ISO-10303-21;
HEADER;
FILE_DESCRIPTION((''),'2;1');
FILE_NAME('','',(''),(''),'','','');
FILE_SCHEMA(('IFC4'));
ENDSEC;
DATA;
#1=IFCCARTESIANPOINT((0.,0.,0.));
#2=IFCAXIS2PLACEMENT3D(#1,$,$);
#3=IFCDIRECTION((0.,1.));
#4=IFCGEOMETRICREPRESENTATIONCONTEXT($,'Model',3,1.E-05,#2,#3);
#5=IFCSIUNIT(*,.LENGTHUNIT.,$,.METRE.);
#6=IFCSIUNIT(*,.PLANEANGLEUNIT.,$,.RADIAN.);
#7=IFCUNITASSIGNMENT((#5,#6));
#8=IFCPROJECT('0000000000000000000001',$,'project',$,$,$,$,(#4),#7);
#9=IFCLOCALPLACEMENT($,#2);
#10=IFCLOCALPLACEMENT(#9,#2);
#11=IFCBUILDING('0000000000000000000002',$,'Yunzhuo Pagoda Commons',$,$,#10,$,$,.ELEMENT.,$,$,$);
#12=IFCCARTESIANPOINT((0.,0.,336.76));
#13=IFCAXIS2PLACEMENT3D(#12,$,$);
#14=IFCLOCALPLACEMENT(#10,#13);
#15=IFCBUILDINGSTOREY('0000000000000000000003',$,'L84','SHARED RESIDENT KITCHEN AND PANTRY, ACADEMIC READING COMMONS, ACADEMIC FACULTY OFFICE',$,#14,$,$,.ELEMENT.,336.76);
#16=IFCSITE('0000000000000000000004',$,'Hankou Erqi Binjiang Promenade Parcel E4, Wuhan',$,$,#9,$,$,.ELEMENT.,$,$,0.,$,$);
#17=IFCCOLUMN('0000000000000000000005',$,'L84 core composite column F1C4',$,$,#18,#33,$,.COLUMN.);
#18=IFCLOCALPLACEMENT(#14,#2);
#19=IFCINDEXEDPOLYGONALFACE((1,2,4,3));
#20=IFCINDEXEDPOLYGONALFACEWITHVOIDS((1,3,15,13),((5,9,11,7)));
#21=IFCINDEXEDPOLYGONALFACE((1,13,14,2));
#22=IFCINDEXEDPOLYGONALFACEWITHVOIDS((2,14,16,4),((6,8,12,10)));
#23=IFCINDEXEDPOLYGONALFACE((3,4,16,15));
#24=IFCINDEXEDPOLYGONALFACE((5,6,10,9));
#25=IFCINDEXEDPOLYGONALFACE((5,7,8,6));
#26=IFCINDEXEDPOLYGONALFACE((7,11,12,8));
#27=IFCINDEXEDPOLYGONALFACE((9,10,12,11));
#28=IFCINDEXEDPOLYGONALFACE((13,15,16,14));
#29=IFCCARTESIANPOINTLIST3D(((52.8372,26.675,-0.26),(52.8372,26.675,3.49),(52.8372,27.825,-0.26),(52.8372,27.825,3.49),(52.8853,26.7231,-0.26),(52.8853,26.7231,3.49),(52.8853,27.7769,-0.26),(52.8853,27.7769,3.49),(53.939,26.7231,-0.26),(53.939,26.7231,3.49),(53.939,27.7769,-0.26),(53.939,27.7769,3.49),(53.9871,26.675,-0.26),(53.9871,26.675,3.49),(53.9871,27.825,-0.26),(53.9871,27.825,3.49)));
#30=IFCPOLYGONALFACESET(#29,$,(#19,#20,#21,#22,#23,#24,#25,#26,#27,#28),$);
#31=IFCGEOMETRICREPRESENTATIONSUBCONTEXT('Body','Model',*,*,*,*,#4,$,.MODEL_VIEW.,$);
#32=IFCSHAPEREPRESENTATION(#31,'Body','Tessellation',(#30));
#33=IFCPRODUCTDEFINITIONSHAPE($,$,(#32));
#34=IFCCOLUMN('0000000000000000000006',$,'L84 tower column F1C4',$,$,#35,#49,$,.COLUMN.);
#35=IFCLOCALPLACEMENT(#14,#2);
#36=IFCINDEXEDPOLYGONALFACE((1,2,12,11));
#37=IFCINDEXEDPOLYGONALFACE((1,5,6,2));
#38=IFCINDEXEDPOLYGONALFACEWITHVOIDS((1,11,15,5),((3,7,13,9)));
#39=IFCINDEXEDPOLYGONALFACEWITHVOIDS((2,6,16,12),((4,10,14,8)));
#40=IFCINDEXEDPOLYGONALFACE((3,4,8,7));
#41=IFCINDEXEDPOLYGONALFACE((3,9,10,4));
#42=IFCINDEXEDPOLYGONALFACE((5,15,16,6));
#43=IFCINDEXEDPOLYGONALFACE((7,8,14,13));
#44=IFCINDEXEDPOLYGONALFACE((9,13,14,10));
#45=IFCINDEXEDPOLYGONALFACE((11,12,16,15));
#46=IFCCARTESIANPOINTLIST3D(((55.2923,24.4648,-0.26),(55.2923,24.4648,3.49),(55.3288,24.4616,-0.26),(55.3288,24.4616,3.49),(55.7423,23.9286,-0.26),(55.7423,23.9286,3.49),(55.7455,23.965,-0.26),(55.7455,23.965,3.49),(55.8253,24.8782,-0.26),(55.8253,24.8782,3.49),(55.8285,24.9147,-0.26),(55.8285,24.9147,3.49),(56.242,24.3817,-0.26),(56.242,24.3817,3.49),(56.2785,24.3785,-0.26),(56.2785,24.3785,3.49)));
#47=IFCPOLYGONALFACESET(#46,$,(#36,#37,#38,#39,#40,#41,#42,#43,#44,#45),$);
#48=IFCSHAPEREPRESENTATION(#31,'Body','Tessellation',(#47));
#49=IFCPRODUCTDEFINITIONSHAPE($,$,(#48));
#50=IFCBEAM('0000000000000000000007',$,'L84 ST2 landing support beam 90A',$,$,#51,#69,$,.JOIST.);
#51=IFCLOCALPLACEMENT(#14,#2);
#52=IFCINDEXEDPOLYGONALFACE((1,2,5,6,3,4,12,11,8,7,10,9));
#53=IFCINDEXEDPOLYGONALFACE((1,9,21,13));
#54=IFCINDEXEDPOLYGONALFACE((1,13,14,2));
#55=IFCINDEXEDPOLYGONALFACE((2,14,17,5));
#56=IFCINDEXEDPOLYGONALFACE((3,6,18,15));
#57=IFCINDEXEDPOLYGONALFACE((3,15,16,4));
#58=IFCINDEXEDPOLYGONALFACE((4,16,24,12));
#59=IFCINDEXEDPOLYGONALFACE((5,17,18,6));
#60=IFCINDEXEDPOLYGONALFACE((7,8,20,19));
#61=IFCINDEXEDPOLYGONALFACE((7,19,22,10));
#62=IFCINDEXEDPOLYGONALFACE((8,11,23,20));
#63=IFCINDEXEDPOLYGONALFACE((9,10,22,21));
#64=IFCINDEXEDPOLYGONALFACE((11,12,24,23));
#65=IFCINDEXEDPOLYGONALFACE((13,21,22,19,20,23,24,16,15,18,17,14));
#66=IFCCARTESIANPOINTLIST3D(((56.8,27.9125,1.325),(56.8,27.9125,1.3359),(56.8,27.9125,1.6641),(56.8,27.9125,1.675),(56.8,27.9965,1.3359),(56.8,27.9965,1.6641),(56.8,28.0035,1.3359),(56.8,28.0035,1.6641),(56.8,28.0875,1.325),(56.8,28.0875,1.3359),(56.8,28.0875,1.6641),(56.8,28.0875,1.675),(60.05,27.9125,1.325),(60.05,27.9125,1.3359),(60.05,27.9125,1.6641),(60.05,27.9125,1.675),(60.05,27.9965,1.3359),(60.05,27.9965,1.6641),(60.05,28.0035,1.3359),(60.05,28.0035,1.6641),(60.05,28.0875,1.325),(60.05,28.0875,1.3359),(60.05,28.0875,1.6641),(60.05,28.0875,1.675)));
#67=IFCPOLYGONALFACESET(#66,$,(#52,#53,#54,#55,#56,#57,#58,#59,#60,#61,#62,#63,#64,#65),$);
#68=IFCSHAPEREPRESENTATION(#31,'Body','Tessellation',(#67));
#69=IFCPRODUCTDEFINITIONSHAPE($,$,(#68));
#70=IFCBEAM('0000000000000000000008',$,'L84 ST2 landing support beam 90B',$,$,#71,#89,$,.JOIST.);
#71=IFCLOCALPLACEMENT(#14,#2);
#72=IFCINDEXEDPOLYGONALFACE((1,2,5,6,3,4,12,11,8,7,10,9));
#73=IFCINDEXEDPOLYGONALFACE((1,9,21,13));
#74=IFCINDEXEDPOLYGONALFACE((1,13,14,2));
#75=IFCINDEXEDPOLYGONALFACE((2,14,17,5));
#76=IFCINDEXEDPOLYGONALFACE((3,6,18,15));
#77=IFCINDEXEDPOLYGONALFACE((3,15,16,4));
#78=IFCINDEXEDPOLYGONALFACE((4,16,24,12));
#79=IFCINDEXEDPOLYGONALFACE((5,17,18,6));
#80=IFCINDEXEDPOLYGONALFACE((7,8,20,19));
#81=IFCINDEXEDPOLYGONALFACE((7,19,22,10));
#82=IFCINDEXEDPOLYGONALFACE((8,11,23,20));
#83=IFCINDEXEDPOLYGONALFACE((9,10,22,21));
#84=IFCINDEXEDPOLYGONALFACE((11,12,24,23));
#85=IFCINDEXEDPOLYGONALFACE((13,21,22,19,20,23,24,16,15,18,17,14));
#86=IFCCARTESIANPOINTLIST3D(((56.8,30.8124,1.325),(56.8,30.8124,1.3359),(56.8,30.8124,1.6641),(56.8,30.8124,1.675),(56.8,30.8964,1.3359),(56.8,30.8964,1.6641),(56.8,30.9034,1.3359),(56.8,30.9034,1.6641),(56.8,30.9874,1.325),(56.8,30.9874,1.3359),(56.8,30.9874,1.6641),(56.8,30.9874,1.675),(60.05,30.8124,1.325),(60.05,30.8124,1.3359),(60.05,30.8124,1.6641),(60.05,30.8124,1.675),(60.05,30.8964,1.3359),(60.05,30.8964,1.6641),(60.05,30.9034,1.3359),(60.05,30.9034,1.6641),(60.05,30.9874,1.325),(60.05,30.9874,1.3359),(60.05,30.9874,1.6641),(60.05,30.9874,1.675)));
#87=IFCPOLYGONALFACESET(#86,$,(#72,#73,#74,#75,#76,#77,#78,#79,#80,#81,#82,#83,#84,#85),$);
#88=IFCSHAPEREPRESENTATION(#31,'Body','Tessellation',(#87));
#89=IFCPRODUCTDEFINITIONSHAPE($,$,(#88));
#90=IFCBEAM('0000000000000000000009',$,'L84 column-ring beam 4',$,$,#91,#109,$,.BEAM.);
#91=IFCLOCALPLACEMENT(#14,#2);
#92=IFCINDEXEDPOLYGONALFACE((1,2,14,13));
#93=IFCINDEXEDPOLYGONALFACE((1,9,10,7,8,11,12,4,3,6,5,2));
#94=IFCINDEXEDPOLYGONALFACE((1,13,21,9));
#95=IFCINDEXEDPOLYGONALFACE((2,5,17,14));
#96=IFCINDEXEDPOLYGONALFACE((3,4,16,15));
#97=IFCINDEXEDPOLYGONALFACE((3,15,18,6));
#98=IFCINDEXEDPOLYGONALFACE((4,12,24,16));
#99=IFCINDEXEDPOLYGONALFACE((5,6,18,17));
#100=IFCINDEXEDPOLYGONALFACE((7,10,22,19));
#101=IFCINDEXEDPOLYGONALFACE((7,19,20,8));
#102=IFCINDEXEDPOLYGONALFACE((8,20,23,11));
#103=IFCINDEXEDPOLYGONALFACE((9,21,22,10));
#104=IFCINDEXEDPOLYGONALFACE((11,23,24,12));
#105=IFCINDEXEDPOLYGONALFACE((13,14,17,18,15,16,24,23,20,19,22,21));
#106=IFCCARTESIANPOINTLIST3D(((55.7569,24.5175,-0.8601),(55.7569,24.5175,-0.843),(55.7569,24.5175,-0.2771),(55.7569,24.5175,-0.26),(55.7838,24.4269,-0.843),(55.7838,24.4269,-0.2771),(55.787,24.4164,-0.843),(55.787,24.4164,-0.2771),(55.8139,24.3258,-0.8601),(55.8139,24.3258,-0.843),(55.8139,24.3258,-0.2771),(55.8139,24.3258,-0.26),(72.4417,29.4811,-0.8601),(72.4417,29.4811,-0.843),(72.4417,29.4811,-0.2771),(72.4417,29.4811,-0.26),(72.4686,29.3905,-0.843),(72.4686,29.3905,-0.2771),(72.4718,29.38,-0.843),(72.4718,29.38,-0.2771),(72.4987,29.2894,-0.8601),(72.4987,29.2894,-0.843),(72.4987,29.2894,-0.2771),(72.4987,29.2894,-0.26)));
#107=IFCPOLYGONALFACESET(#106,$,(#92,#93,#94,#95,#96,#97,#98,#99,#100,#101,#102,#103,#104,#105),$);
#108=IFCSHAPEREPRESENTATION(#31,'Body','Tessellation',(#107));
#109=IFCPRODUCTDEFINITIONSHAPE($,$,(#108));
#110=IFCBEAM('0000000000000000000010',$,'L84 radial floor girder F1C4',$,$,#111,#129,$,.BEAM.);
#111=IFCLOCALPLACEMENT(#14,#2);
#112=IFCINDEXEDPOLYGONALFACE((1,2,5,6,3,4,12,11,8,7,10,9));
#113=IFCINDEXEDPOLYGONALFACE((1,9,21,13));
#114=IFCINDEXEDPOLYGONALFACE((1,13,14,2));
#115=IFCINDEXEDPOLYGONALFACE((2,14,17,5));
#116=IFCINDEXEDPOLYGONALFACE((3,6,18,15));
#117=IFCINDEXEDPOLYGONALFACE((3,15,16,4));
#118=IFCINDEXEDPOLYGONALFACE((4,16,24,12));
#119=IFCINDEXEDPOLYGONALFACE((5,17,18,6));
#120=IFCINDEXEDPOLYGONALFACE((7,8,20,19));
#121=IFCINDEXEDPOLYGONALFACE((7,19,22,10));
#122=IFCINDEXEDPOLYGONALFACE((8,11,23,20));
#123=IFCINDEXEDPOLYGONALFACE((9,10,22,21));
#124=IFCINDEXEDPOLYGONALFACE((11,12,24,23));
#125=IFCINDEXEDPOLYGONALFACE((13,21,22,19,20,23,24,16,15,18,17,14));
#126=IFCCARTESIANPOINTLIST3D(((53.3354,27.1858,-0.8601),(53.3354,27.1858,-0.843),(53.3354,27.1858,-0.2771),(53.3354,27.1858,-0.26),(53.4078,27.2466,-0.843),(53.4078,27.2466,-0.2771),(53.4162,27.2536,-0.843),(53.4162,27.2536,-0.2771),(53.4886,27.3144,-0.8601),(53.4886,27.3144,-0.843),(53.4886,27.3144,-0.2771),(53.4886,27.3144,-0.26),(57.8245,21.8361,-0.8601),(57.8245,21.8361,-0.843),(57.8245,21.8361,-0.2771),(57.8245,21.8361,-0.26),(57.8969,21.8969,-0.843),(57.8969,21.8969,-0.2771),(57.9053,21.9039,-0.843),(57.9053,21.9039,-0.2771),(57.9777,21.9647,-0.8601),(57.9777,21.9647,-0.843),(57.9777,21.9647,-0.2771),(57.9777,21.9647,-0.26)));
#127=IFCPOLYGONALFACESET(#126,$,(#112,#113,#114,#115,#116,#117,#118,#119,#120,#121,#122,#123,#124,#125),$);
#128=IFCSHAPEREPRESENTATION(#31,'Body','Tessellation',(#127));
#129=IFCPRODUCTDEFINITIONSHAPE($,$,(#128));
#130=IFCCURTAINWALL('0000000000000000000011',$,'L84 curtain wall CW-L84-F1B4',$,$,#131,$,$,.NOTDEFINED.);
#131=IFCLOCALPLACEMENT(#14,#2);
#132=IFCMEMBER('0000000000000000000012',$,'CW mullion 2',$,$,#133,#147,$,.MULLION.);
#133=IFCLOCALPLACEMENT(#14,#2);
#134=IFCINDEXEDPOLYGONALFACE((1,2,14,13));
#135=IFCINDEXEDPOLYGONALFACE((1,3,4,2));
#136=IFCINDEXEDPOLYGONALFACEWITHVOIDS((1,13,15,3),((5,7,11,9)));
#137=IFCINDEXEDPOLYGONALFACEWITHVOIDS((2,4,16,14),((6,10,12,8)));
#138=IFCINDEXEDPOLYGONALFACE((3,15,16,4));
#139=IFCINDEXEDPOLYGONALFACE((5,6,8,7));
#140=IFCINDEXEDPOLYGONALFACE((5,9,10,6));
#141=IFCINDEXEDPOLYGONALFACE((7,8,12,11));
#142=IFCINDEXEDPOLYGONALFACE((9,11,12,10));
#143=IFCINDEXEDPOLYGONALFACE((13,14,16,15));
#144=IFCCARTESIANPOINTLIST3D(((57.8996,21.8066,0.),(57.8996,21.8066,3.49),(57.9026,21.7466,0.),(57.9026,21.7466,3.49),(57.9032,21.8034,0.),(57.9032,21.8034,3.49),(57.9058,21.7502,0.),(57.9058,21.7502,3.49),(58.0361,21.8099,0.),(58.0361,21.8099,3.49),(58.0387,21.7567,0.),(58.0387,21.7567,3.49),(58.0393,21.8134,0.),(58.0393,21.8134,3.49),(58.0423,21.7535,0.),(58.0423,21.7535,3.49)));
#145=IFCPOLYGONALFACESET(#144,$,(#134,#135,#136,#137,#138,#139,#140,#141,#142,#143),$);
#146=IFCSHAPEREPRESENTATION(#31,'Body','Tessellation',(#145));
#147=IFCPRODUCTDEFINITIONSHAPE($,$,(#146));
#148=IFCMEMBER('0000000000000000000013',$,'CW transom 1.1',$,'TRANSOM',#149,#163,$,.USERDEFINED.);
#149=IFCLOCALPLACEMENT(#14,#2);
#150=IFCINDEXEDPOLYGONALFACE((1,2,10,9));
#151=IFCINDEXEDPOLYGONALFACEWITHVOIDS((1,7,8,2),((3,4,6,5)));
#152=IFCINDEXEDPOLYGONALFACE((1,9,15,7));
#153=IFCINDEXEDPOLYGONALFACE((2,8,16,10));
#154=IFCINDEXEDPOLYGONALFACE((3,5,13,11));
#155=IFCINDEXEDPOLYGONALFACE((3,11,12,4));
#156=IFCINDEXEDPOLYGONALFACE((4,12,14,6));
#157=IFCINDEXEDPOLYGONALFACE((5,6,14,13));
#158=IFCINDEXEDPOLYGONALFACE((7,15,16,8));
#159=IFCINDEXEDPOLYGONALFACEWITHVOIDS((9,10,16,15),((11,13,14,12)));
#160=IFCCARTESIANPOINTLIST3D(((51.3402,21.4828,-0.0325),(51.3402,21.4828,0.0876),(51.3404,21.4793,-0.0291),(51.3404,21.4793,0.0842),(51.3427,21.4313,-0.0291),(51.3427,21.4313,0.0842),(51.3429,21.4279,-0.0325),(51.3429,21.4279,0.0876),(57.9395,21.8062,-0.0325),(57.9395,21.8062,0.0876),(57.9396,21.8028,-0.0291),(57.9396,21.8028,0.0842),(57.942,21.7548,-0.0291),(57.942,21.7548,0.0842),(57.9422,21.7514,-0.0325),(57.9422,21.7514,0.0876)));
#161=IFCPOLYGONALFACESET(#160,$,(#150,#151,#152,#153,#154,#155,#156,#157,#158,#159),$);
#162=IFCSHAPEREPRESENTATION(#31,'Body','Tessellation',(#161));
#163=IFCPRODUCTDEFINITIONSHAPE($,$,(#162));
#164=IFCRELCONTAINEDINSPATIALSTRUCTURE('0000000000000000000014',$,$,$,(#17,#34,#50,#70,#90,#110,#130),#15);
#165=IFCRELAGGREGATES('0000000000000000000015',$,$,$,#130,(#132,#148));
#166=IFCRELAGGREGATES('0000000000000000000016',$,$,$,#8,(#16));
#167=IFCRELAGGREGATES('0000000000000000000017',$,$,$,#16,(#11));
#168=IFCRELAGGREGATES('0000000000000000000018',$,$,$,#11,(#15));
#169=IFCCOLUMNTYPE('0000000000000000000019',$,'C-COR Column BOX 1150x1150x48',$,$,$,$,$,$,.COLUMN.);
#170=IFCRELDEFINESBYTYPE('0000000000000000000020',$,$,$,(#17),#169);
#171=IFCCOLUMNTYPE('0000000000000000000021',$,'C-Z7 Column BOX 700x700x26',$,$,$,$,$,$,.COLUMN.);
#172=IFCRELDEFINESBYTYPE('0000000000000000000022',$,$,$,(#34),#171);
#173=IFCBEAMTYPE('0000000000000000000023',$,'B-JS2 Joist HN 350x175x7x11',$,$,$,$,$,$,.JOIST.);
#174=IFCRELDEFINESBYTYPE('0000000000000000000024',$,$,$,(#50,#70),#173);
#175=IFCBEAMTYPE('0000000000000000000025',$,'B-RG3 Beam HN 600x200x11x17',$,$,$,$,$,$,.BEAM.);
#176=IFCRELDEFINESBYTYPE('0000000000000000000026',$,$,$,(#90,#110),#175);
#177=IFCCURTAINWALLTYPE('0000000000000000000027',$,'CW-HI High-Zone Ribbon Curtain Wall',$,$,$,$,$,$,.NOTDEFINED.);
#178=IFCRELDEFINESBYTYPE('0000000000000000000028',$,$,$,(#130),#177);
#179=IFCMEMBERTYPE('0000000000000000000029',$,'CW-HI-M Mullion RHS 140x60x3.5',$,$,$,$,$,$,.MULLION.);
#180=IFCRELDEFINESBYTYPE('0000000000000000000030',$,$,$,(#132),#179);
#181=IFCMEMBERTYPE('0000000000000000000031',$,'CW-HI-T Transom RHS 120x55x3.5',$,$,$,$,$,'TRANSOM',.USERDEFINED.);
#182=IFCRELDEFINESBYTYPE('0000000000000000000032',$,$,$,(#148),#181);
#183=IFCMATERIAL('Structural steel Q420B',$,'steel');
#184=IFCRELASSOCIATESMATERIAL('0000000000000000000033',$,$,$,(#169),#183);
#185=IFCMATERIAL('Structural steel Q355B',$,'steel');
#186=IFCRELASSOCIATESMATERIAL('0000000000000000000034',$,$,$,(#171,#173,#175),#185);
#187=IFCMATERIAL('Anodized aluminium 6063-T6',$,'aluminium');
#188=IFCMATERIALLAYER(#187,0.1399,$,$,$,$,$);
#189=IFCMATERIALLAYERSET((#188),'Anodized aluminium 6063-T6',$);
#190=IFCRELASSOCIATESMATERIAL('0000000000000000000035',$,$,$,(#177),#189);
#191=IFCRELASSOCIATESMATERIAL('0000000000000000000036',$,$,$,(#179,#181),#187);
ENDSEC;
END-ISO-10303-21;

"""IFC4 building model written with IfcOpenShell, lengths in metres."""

from ifc_helpers import new_model, si_unit, direction, frame, origin, origin_2d, place, context, subcontext, project, spatial, hollow_rectangle, i_section, extrude, source, transform, mapped, material, layer, layer_set, material_profile, profile_set, type_object, element, aggregate, save


model = new_model("IFC4")

# Units and contexts
model_context = context("Model", 3, precision=1e-05, world=origin(), true_north=direction((0.0, 1.0)))
body_context = subcontext(model_context, "Body", "Model", "MODEL_VIEW")
ifc_project = project(units=[si_unit("LENGTHUNIT", "METRE"), si_unit("PLANEANGLEUNIT", "RADIAN")], contexts=[model_context])

# Site, building, storey
site_placement = place(None, origin())
site = spatial("IfcSite", under=ifc_project, at=site_placement, Name="Hankou Erqi Binjiang Promenade Parcel E4, Wuhan", CompositionType="ELEMENT", RefElevation=0.0)
building_placement = place(site_placement, origin())
building = spatial("IfcBuilding", under=site, at=building_placement, Name="Yunzhuo Pagoda Commons", CompositionType="ELEMENT")
storey_placement = place(building_placement, frame((0.0, 0.0, 336.76)))
storey = spatial("IfcBuildingStorey", under=building, at=storey_placement, Name="L84", Description="SHARED RESIDENT KITCHEN AND PANTRY, ACADEMIC READING COMMONS, ACADEMIC FACULTY OFFICE", CompositionType="ELEMENT", Elevation=336.76)

# Columns
ifc_material_1 = material(Name="Structural steel Q420B", Category="steel")
ifc_material_profile_1 = material_profile(ifc_material_1, hollow_rectangle(XDim=1.1499, YDim=1.1499, WallThickness=0.0481, at=origin_2d()), Name="Structural steel Q420B")
ifc_profile_set_1 = profile_set([ifc_material_profile_1], Name="Structural steel Q420B")
column_type_1 = type_object("IfcColumnType", Name="C-COR Column BOX 1150x1150x48", PredefinedType="COLUMN", material=ifc_profile_set_1)
shared_shape_1 = source(origin(), body_context, "Body", "SweptSolid", [
    extrude(hollow_rectangle(XDim=1.1499, YDim=1.1499, WallThickness=0.0481, at=origin_2d()), origin(), (0.0, 0.0, 1.0), 3.75),
])
column_1_placement = place(storey_placement, frame((53.4121, 27.25, -0.26), z_axis=(0.0, 0.0, 1.0), x_axis=(1.0, 0.0, 0.0)))
element("IfcColumn", 1, at=column_1_placement, inside=storey, type_object=column_type_1, Name="L84 core composite column F1C4", PredefinedType="COLUMN", context=body_context, shape_type="MappedRepresentation", body=[
    mapped(shared_shape_1, transform((0.0, 0.0, 0.0), scale=1.0)),
])
ifc_material_2 = material(Name="Structural steel Q355B", Category="steel")
ifc_material_profile_2 = material_profile(ifc_material_2, hollow_rectangle(XDim=0.7, YDim=0.7, WallThickness=0.0259, at=origin_2d()), Name="Structural steel Q355B")
ifc_profile_set_2 = profile_set([ifc_material_profile_2], Name="Structural steel Q355B")
column_type_2 = type_object("IfcColumnType", Name="C-Z7 Column BOX 700x700x26", PredefinedType="COLUMN", material=ifc_profile_set_2)
shared_shape_2 = source(origin(), body_context, "Body", "SweptSolid", [
    extrude(hollow_rectangle(XDim=0.7, YDim=0.7, WallThickness=0.0259, at=origin_2d()), origin(), (0.0, 0.0, 1.0), 3.75),
])
column_2_placement = place(storey_placement, frame((55.7854, 24.4216, -0.26), z_axis=(0.0, 0.0, 1.0), x_axis=(0.766044, 0.642788, 0.0)))
element("IfcColumn", 2, at=column_2_placement, inside=storey, type_object=column_type_2, Name="L84 tower column F1C4", PredefinedType="COLUMN", context=body_context, shape_type="MappedRepresentation", body=[
    mapped(shared_shape_2, transform((0.0, 0.0, 0.0), scale=1.0)),
])

# Beams
ifc_material_profile_3 = material_profile(ifc_material_2, i_section(OverallWidth=0.175, OverallDepth=0.3501, WebThickness=0.0071, FlangeThickness=0.011, at=origin_2d()), Name="Structural steel Q355B")
ifc_profile_set_3 = profile_set([ifc_material_profile_3], Name="Structural steel Q355B")
beam_type_1 = type_object("IfcBeamType", Name="B-JS2 Joist HN 350x175x7x11", PredefinedType="JOIST", material=ifc_profile_set_3)
shared_shape_3 = source(origin(), body_context, "Body", "SweptSolid", [
    extrude(i_section(OverallWidth=0.175, OverallDepth=0.3501, WebThickness=0.0071, FlangeThickness=0.011, at=origin_2d()), origin(), (0.0, 0.0, 1.0), 3.25),
])
for number, where, z_axis, x_axis, name in (
    (3, (56.8, 28.0, 1.5), (1.0, 0.0, 0.0), (0.0, 1.0, 0.0), "L84 ST2 landing support beam 90A"),
    (4, (56.8, 30.8999, 1.5), (1.0, 0.0, 0.0), (0.0, 1.0, 0.0), "L84 ST2 landing support beam 90B"),
):
    element("IfcBeam", number, at=place(storey_placement, frame(where, z_axis=z_axis, x_axis=x_axis)), inside=storey, type_object=beam_type_1, Name=name, PredefinedType="JOIST", context=body_context, shape_type="MappedRepresentation", body=[
        mapped(shared_shape_3, transform((0.0, 0.0, 0.0), scale=1.0)),
    ])
ifc_material_profile_4 = material_profile(ifc_material_2, i_section(OverallWidth=0.2, OverallDepth=0.6001, WebThickness=0.011, FlangeThickness=0.0171, at=origin_2d()), Name="Structural steel Q355B")
ifc_profile_set_4 = profile_set([ifc_material_profile_4], Name="Structural steel Q355B")
beam_type_2 = type_object("IfcBeamType", Name="B-RG3 Beam HN 600x200x11x17", PredefinedType="BEAM", material=ifc_profile_set_4)
shared_shape_4 = source(origin(), body_context, "Body", "SweptSolid", [
    extrude(i_section(OverallWidth=0.2, OverallDepth=0.6001, WebThickness=0.011, FlangeThickness=0.0171, at=origin_2d()), origin(), (0.0, 0.0, 1.0), 17.4075),
])
beam_1_placement = place(storey_placement, frame((55.7854, 24.4216, -0.5601), z_axis=(0.958485, 0.285143, 0.0), x_axis=(-0.285143, 0.958485, 0.0)))
element("IfcBeam", 5, at=beam_1_placement, inside=storey, type_object=beam_type_2, Name="L84 column-ring beam 4", PredefinedType="BEAM", context=body_context, shape_type="MappedRepresentation", body=[
    mapped(shared_shape_4, transform((0.0, 0.0, 0.0), scale=1.0)),
])
shared_shape_5 = source(origin(), body_context, "Body", "SweptSolid", [
    extrude(i_section(OverallWidth=0.2, OverallDepth=0.6001, WebThickness=0.011, FlangeThickness=0.0171, at=origin_2d()), origin(), (0.0, 0.0, 1.0), 6.9836),
])
beam_2_placement = place(storey_placement, frame((57.9011, 21.9004, -0.5601), z_axis=(-0.642801, 0.766033, 0.0), x_axis=(-0.766033, -0.642801, 0.0)))
element("IfcBeam", 6, at=beam_2_placement, inside=storey, type_object=beam_type_2, Name="L84 radial floor girder F1C4", PredefinedType="BEAM", context=body_context, shape_type="MappedRepresentation", body=[
    mapped(shared_shape_5, transform((0.0, 0.0, 0.0), scale=1.0)),
])

# Curtain wall, members
ifc_material_3 = material(Name="Anodized aluminium 6063-T6", Category="aluminium")
ifc_layer_1 = layer(ifc_material_3, 0.1399)
ifc_layer_set_1 = layer_set([ifc_layer_1], Name="Anodized aluminium 6063-T6")
curtain_wall_type = type_object("IfcCurtainWallType", Name="CW-HI High-Zone Ribbon Curtain Wall", PredefinedType="NOTDEFINED", material=ifc_layer_set_1)
curtain_wall_placement = place(storey_placement, origin())
curtain_wall = element("IfcCurtainWall", 7, at=curtain_wall_placement, inside=storey, type_object=curtain_wall_type, Name="L84 curtain wall CW-L84-F1B4", PredefinedType="NOTDEFINED")
ifc_material_profile_5 = material_profile(ifc_material_3, hollow_rectangle(XDim=0.0601, YDim=0.1399, WallThickness=0.0034, at=origin_2d()), Name="Anodized aluminium 6063-T6")
ifc_profile_set_5 = profile_set([ifc_material_profile_5], Name="Anodized aluminium 6063-T6")
member_type_1 = type_object("IfcMemberType", Name="CW-HI-M Mullion RHS 140x60x3.5", PredefinedType="MULLION", material=ifc_profile_set_5)
shared_shape_6 = source(origin(), body_context, "Body", "SweptSolid", [
    extrude(hollow_rectangle(XDim=0.0601, YDim=0.1399, WallThickness=0.0034, at=origin_2d()), origin(), (0.0, 0.0, 1.0), 3.49),
])
member_1_placement = place(storey_placement, frame((57.9709, 21.78, 0.0), z_axis=(0.0, 0.0, 1.0), x_axis=(-0.048906, 0.998803, 0.0)))
member_1 = element("IfcMember", 8, at=member_1_placement, type_object=member_type_1, Name="CW mullion 2", PredefinedType="MULLION", context=body_context, shape_type="MappedRepresentation", body=[
    mapped(shared_shape_6, transform((0.0, 0.0, 0.0), scale=1.0)),
])
ifc_material_profile_6 = material_profile(ifc_material_3, hollow_rectangle(XDim=0.0549, YDim=0.1201, WallThickness=0.0034, at=origin_2d()), Name="Anodized aluminium 6063-T6")
ifc_profile_set_6 = profile_set([ifc_material_profile_6], Name="Anodized aluminium 6063-T6")
member_type_2 = type_object("IfcMemberType", Name="CW-HI-T Transom RHS 120x55x3.5", ElementType="TRANSOM", PredefinedType="USERDEFINED", material=ifc_profile_set_6)
shared_shape_7 = source(origin(), body_context, "Body", "SweptSolid", [
    extrude(hollow_rectangle(XDim=0.0549, YDim=0.1201, WallThickness=0.0034, at=origin_2d()), origin(), (0.0, 0.0, 1.0), 6.6072),
])
member_2_placement = place(storey_placement, frame((51.3416, 21.4553, 0.0276), z_axis=(0.998801, 0.048959, 0.0), x_axis=(-0.048959, 0.998801, 0.0)))
member_2 = element("IfcMember", 9, at=member_2_placement, type_object=member_type_2, Name="CW transom 1.1", ObjectType="TRANSOM", PredefinedType="USERDEFINED", context=body_context, shape_type="MappedRepresentation", body=[
    mapped(shared_shape_7, transform((0.0, 0.0, 0.0), scale=1.0)),
])
aggregate(curtain_wall, [member_1, member_2])

save(model, "model.ifc")
